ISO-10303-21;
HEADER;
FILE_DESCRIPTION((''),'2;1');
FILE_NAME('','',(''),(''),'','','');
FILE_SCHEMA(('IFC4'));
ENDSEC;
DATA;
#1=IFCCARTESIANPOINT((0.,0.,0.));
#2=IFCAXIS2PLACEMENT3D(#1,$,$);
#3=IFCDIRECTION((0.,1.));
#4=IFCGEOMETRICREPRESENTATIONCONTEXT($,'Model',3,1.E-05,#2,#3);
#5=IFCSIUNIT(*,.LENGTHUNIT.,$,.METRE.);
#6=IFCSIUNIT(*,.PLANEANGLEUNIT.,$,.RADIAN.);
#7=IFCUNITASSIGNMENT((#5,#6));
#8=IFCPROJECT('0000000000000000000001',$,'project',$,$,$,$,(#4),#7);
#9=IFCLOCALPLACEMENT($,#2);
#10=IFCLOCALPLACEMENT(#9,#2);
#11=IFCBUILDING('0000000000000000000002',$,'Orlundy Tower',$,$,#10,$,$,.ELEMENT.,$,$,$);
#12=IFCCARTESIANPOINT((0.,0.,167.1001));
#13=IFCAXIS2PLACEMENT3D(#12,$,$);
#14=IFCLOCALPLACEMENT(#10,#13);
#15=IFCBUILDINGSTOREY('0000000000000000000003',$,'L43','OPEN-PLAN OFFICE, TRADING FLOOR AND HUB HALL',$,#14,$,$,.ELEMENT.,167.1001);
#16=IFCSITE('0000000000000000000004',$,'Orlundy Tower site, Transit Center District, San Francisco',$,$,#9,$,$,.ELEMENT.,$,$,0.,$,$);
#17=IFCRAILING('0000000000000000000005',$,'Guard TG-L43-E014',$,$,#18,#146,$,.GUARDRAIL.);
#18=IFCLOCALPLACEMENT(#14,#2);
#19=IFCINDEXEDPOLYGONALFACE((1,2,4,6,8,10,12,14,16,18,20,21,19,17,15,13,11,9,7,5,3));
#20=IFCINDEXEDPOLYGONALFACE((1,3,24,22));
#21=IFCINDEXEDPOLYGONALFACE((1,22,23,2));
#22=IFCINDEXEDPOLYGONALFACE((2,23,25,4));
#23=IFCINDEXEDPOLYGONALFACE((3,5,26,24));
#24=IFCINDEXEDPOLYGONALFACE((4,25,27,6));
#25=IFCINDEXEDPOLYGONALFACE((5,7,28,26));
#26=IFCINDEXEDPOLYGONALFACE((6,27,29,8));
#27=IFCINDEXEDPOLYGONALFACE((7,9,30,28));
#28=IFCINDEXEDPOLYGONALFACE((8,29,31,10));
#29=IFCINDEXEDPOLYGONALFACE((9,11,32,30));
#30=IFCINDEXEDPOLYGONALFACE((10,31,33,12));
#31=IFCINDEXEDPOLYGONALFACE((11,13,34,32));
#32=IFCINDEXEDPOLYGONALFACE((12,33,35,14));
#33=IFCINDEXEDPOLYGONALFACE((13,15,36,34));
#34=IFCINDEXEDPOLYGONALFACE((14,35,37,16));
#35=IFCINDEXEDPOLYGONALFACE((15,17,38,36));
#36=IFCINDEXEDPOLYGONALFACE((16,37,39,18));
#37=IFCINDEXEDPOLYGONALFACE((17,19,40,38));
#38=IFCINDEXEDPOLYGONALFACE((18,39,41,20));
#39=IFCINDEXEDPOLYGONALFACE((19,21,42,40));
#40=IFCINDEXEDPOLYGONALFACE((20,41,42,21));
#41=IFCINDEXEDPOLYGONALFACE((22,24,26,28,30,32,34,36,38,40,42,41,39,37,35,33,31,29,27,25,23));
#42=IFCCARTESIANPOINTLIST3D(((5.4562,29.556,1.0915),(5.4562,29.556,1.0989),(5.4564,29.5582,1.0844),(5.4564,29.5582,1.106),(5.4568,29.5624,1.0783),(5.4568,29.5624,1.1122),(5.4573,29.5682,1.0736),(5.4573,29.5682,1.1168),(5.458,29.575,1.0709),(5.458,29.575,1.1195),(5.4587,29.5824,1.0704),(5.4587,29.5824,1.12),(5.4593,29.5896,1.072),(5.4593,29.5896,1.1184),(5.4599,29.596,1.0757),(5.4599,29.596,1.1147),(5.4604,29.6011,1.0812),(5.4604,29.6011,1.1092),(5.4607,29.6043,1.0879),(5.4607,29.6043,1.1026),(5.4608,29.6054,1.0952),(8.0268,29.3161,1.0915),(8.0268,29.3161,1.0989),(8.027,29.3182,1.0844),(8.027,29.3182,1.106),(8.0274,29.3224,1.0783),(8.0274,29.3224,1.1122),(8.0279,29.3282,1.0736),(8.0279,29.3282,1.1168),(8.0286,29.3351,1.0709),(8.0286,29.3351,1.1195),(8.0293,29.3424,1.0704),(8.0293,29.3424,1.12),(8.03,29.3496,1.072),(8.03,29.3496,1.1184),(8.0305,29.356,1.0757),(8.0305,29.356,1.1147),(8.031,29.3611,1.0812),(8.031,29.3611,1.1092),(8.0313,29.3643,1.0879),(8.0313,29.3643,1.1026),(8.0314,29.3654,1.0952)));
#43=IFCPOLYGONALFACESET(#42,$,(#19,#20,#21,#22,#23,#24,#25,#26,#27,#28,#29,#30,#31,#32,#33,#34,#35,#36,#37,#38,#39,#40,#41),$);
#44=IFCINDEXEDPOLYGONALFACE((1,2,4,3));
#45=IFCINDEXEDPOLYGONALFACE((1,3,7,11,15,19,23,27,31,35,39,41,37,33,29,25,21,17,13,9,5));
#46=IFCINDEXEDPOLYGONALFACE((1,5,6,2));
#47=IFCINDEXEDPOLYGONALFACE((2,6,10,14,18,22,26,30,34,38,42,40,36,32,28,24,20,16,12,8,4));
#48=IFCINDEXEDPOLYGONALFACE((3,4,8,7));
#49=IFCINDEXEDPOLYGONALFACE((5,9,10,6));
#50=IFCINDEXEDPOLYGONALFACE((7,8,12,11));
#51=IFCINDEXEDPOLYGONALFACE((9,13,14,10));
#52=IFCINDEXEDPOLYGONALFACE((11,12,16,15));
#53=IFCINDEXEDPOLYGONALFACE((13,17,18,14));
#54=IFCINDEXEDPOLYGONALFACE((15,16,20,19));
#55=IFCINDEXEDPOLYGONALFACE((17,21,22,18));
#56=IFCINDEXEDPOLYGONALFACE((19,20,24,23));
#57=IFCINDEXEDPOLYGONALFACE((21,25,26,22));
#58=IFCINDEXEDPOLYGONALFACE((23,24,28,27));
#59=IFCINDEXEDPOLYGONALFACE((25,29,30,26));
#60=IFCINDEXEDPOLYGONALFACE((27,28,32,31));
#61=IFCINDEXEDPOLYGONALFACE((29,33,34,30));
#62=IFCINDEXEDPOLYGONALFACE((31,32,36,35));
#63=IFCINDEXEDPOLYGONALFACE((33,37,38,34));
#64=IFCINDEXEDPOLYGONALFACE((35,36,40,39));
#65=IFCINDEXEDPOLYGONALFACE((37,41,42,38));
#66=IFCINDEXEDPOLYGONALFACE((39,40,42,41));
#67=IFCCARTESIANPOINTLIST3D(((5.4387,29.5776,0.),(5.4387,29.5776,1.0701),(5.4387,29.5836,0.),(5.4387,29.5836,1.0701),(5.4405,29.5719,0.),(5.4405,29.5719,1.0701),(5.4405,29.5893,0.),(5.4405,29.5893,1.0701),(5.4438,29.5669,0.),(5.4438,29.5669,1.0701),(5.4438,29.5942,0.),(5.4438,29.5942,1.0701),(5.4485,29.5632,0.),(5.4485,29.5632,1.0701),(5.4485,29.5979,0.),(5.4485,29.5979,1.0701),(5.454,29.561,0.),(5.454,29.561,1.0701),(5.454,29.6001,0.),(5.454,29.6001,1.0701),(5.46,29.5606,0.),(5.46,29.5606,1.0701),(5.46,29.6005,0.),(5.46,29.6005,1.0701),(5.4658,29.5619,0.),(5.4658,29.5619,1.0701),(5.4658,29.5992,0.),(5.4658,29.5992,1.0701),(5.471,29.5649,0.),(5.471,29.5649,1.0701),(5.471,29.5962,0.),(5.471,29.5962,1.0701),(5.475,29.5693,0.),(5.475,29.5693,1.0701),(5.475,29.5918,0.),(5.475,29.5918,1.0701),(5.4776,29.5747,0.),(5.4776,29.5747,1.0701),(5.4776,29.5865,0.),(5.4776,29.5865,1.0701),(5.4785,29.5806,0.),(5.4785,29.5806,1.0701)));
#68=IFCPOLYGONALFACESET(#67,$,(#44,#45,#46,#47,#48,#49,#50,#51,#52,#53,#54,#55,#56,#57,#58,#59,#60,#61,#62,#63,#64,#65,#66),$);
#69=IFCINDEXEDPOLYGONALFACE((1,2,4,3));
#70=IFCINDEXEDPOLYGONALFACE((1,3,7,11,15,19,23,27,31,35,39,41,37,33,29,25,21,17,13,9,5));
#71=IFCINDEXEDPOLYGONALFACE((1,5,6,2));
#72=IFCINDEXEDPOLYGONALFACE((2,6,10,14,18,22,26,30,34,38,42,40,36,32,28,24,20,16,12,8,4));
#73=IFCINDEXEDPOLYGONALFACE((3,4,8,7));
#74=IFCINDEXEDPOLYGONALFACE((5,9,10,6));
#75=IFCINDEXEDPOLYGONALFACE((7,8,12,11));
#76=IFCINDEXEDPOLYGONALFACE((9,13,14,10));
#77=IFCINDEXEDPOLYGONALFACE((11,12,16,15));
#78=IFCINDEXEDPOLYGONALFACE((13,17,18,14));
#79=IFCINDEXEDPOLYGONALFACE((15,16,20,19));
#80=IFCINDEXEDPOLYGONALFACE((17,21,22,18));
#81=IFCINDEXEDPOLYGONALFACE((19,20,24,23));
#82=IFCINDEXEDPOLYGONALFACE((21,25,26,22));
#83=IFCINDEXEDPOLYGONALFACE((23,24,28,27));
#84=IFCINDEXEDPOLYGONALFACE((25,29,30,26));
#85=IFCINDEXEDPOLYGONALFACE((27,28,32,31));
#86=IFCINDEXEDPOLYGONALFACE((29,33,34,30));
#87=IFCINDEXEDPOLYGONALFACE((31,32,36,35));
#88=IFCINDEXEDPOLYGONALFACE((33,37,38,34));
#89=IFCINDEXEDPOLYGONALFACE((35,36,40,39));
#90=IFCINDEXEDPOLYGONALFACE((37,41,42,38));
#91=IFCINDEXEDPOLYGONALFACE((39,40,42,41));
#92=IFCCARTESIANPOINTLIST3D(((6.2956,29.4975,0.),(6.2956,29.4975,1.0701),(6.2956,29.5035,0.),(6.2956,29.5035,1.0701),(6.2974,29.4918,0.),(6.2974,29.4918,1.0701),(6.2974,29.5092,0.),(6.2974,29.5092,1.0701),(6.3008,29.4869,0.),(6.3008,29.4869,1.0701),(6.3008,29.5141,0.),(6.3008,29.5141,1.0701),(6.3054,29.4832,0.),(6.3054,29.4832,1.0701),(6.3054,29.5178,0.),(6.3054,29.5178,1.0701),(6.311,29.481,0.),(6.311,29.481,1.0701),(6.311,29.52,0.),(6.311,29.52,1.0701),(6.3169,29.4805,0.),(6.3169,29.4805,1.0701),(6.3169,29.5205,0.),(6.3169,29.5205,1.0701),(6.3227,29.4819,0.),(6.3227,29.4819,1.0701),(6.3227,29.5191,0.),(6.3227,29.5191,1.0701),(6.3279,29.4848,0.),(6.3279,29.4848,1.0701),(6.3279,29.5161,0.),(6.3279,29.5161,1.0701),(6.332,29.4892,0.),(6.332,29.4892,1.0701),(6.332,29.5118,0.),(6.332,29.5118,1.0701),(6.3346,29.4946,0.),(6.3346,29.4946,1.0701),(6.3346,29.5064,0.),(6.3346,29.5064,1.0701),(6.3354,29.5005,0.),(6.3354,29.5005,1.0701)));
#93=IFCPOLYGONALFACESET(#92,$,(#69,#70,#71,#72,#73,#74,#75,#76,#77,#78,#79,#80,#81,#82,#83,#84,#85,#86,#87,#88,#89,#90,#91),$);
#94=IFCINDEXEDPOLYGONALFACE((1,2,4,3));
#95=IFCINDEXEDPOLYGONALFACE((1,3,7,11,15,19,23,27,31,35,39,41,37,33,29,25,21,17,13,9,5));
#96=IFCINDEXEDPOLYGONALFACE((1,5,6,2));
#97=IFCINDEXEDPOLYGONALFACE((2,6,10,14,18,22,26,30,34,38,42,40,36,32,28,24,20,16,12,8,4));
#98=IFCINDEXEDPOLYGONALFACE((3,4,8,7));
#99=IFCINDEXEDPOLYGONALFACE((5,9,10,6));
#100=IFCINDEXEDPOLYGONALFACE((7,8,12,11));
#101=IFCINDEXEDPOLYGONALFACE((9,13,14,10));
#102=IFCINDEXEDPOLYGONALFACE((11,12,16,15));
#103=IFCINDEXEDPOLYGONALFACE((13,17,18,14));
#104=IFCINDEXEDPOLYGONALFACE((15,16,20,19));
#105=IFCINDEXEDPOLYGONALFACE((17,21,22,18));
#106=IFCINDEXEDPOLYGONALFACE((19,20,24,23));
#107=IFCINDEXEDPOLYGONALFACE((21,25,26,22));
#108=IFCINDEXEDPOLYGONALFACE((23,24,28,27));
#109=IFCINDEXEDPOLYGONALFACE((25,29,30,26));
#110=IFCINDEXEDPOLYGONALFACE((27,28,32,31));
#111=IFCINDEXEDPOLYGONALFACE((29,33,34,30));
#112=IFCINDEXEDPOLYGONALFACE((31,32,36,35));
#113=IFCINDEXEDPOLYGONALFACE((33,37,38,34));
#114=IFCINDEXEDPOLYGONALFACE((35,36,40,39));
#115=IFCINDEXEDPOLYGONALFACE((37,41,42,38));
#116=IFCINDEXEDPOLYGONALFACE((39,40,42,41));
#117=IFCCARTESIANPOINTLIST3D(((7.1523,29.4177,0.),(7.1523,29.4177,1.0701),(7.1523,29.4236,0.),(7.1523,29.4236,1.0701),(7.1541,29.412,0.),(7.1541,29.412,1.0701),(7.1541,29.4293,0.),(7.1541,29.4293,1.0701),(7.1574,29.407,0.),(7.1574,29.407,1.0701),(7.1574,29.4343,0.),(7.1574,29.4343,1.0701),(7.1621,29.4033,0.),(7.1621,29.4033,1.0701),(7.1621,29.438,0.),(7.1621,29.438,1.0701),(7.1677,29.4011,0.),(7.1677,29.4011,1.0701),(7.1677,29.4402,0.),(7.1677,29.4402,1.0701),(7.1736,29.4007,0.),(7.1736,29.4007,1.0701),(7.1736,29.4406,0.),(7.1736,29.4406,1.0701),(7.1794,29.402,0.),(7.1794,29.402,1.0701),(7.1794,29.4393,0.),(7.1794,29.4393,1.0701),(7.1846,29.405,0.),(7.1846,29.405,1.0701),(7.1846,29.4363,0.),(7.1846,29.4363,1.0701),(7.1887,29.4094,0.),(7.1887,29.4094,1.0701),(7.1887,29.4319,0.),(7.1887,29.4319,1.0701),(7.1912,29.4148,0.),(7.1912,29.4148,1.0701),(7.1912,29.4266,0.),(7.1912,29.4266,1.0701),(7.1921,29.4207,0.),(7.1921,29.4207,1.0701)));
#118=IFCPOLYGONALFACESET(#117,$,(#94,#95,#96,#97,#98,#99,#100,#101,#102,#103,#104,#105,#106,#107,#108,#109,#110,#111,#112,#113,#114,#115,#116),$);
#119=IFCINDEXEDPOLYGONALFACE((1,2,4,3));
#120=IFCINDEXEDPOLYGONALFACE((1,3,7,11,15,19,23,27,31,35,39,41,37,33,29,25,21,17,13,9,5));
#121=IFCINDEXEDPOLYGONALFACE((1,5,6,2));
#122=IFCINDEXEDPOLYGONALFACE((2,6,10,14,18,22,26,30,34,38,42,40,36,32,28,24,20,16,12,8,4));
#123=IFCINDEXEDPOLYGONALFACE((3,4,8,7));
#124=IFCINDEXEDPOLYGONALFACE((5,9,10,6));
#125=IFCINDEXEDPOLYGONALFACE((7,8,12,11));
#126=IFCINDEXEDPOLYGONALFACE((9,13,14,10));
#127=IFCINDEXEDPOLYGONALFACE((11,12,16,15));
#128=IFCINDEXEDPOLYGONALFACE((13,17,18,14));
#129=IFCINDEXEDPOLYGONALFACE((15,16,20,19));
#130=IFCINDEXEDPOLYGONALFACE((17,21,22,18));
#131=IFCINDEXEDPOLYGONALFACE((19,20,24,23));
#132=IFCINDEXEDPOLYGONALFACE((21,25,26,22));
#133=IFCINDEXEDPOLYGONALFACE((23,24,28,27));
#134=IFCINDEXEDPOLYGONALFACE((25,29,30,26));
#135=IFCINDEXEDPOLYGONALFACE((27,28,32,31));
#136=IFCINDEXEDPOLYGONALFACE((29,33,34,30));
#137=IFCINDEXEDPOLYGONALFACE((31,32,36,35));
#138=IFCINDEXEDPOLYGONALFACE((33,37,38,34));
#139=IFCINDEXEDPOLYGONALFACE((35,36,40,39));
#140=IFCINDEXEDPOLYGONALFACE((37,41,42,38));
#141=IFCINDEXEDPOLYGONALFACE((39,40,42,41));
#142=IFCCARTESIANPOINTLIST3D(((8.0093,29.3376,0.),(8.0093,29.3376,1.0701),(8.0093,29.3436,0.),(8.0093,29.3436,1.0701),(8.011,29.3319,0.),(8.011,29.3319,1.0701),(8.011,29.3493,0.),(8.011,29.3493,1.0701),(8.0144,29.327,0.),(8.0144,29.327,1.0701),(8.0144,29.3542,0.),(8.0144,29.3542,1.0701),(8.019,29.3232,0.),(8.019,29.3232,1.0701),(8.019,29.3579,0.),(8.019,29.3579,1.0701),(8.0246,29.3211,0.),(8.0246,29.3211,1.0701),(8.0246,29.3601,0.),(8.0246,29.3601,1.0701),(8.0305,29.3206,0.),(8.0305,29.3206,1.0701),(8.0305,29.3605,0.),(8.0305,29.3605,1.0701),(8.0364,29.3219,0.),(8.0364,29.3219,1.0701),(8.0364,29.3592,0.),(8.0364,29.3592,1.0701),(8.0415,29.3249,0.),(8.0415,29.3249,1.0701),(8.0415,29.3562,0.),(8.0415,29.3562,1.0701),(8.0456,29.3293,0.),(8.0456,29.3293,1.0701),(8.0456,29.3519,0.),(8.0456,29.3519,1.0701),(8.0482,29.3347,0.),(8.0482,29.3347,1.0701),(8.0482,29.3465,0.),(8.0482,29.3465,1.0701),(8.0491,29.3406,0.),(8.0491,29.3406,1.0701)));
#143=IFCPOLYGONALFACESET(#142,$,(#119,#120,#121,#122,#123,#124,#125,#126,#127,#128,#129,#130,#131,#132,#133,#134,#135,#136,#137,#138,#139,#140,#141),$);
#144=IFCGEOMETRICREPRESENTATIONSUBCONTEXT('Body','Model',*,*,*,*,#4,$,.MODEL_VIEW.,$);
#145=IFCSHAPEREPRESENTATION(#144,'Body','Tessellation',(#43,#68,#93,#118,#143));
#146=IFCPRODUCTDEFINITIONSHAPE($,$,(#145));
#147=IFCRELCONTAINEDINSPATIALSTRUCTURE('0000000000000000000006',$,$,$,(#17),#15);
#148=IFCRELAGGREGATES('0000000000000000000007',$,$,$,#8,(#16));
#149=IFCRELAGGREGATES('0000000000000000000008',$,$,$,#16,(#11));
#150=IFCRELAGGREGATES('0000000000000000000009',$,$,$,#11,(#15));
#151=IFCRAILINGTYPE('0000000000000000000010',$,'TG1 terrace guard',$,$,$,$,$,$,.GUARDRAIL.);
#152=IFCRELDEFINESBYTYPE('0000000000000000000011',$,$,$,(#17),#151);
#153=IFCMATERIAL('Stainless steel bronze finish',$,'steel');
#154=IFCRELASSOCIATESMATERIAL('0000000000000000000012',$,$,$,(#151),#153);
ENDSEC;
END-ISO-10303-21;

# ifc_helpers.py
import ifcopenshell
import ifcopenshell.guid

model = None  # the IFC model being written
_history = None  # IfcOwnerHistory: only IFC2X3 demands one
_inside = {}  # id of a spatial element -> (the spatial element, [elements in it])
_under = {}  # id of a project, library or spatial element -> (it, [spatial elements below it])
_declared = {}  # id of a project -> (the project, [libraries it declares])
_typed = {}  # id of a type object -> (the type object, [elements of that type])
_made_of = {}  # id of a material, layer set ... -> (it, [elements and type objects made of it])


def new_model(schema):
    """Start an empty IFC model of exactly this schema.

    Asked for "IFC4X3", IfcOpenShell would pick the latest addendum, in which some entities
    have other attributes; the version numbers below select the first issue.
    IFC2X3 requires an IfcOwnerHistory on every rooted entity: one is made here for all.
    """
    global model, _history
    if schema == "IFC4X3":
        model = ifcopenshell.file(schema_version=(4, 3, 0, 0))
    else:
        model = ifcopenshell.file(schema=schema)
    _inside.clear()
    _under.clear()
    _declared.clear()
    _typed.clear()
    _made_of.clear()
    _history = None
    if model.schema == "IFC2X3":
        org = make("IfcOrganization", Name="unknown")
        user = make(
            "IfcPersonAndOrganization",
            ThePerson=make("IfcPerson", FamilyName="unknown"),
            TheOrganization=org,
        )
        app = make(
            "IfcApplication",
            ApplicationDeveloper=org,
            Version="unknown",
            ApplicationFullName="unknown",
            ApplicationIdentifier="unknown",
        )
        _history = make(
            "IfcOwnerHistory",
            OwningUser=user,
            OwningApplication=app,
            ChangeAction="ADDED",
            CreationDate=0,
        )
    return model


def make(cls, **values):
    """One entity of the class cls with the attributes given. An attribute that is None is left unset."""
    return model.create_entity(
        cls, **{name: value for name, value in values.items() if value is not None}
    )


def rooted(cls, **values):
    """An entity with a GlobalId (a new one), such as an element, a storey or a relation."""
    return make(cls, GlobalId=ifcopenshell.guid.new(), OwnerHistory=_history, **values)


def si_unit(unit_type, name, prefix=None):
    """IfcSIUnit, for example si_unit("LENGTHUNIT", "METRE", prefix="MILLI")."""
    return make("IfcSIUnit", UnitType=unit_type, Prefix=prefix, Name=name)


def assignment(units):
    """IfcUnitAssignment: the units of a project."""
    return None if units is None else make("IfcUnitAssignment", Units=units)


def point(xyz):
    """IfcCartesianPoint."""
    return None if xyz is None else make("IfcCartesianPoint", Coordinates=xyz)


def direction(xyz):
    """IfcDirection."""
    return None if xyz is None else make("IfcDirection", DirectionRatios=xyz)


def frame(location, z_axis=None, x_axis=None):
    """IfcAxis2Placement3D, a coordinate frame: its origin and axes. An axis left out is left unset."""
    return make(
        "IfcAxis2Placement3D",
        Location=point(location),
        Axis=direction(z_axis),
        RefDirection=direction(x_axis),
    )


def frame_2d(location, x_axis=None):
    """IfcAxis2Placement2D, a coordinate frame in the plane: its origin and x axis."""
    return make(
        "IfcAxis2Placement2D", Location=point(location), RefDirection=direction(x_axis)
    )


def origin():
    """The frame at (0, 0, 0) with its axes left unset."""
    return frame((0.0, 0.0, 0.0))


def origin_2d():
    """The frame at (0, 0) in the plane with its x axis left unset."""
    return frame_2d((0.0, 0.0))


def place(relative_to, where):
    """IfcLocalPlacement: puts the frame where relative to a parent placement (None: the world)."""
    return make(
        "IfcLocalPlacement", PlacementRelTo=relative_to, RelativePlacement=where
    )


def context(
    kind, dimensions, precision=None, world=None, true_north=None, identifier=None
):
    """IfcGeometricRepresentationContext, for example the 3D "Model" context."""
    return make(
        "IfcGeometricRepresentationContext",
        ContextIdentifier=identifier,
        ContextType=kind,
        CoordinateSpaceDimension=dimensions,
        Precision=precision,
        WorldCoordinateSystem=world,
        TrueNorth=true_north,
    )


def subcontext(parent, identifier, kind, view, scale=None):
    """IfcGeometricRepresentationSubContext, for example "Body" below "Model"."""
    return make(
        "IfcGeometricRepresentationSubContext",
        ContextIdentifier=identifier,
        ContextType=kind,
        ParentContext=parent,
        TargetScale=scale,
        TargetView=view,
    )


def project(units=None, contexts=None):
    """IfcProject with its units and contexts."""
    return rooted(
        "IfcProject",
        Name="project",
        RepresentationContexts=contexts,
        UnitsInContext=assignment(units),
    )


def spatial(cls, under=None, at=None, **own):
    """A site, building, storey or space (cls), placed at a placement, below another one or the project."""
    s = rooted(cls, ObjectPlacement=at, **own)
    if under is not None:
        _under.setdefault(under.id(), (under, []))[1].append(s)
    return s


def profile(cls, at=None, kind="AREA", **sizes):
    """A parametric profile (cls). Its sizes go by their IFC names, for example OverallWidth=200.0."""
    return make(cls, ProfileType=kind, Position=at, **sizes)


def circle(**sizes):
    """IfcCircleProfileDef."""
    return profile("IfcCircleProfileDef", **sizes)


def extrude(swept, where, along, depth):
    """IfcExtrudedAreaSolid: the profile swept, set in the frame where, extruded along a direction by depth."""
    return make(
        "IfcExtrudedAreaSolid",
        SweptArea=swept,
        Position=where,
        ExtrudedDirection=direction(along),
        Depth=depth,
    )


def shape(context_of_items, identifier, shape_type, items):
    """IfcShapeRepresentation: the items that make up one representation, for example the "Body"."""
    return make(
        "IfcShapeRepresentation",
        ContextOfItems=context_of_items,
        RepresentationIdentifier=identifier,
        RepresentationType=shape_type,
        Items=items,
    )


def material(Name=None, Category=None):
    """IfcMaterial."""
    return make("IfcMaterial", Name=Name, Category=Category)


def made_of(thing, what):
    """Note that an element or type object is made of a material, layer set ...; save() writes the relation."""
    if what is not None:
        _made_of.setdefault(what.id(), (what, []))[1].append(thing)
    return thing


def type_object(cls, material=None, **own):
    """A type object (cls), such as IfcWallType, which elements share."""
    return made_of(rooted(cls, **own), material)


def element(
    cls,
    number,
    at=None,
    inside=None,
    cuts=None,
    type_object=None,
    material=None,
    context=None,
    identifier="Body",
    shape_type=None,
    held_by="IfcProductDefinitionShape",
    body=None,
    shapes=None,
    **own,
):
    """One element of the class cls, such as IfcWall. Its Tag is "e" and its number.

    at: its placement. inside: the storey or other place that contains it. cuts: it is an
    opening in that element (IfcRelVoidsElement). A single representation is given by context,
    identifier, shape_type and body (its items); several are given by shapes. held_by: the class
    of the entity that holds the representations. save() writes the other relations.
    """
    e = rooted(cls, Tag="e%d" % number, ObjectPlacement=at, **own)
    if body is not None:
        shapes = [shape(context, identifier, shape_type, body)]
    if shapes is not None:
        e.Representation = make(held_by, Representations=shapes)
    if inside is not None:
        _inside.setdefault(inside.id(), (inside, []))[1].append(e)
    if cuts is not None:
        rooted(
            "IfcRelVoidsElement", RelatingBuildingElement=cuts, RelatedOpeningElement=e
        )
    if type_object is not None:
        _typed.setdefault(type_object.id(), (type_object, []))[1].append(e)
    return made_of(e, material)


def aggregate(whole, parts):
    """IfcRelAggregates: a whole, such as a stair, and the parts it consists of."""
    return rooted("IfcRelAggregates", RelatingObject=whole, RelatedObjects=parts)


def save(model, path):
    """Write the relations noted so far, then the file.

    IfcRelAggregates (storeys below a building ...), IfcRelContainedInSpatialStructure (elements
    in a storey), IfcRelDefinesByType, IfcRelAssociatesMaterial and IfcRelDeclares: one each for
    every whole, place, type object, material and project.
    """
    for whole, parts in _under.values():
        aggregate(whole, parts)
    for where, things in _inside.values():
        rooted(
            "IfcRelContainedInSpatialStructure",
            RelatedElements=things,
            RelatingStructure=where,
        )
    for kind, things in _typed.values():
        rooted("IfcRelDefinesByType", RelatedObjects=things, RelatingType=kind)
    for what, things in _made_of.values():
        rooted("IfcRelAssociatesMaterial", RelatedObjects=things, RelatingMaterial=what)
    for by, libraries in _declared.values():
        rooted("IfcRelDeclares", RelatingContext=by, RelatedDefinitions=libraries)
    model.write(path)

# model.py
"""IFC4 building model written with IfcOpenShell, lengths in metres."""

from ifc_helpers import new_model, si_unit, direction, frame, origin, origin_2d, place, context, subcontext, project, spatial, circle, extrude, material, type_object, element, save


model = new_model("IFC4")

# Units and contexts
model_context = context("Model", 3, precision=1e-05, world=origin(), true_north=direction((0.0, 1.0)))
body_context = subcontext(model_context, "Body", "Model", "MODEL_VIEW")
ifc_project = project(units=[si_unit("LENGTHUNIT", "METRE"), si_unit("PLANEANGLEUNIT", "RADIAN")], contexts=[model_context])

# Site, building, storey
site_placement = place(None, origin())
site = spatial("IfcSite", under=ifc_project, at=site_placement, Name="Orlundy Tower site, Transit Center District, San Francisco", CompositionType="ELEMENT", RefElevation=0.0)
building_placement = place(site_placement, origin())
building = spatial("IfcBuilding", under=site, at=building_placement, Name="Orlundy Tower", CompositionType="ELEMENT")
storey_placement = place(building_placement, frame((0.0, 0.0, 167.1001)))
storey = spatial("IfcBuildingStorey", under=building, at=storey_placement, Name="L43", Description="OPEN-PLAN OFFICE, TRADING FLOOR AND HUB HALL", CompositionType="ELEMENT", Elevation=167.1001)

# Railing
ifc_material_1 = material(Name="Stainless steel bronze finish", Category="steel")
railing_type_1 = type_object("IfcRailingType", Name="TG1 terrace guard", PredefinedType="GUARDRAIL", material=ifc_material_1)
railing_1_placement = place(storey_placement, frame((5.4585, 29.5806, 0.0)))
element("IfcRailing", 1, at=railing_1_placement, inside=storey, type_object=railing_type_1, Name="Guard TG-L43-E014", PredefinedType="GUARDRAIL", context=body_context, shape_type="SweptSolid", body=[
    extrude(circle(Radius=0.0249, at=origin_2d()), frame((0.0, 0.0, 1.0952), z_axis=(0.99567, -0.092957, 0.0), x_axis=(0.092957, 0.99567, 0.0)), (0.0, 0.0, 1.0), 2.5818),
    extrude(circle(Radius=0.02, at=origin_2d()), origin(), (0.0, 0.0, 1.0), 1.0701),
    extrude(circle(Radius=0.02, at=origin_2d()), frame((0.8569, -0.0801, 0.0)), (0.0, 0.0, 1.0), 1.0701),
    extrude(circle(Radius=0.02, at=origin_2d()), frame((1.7136, -0.1599, 0.0)), (0.0, 0.0, 1.0), 1.0701),
    extrude(circle(Radius=0.02, at=origin_2d()), frame((2.5706, -0.24, 0.0)), (0.0, 0.0, 1.0), 1.0701),
])

save(model, "model.ifc")
